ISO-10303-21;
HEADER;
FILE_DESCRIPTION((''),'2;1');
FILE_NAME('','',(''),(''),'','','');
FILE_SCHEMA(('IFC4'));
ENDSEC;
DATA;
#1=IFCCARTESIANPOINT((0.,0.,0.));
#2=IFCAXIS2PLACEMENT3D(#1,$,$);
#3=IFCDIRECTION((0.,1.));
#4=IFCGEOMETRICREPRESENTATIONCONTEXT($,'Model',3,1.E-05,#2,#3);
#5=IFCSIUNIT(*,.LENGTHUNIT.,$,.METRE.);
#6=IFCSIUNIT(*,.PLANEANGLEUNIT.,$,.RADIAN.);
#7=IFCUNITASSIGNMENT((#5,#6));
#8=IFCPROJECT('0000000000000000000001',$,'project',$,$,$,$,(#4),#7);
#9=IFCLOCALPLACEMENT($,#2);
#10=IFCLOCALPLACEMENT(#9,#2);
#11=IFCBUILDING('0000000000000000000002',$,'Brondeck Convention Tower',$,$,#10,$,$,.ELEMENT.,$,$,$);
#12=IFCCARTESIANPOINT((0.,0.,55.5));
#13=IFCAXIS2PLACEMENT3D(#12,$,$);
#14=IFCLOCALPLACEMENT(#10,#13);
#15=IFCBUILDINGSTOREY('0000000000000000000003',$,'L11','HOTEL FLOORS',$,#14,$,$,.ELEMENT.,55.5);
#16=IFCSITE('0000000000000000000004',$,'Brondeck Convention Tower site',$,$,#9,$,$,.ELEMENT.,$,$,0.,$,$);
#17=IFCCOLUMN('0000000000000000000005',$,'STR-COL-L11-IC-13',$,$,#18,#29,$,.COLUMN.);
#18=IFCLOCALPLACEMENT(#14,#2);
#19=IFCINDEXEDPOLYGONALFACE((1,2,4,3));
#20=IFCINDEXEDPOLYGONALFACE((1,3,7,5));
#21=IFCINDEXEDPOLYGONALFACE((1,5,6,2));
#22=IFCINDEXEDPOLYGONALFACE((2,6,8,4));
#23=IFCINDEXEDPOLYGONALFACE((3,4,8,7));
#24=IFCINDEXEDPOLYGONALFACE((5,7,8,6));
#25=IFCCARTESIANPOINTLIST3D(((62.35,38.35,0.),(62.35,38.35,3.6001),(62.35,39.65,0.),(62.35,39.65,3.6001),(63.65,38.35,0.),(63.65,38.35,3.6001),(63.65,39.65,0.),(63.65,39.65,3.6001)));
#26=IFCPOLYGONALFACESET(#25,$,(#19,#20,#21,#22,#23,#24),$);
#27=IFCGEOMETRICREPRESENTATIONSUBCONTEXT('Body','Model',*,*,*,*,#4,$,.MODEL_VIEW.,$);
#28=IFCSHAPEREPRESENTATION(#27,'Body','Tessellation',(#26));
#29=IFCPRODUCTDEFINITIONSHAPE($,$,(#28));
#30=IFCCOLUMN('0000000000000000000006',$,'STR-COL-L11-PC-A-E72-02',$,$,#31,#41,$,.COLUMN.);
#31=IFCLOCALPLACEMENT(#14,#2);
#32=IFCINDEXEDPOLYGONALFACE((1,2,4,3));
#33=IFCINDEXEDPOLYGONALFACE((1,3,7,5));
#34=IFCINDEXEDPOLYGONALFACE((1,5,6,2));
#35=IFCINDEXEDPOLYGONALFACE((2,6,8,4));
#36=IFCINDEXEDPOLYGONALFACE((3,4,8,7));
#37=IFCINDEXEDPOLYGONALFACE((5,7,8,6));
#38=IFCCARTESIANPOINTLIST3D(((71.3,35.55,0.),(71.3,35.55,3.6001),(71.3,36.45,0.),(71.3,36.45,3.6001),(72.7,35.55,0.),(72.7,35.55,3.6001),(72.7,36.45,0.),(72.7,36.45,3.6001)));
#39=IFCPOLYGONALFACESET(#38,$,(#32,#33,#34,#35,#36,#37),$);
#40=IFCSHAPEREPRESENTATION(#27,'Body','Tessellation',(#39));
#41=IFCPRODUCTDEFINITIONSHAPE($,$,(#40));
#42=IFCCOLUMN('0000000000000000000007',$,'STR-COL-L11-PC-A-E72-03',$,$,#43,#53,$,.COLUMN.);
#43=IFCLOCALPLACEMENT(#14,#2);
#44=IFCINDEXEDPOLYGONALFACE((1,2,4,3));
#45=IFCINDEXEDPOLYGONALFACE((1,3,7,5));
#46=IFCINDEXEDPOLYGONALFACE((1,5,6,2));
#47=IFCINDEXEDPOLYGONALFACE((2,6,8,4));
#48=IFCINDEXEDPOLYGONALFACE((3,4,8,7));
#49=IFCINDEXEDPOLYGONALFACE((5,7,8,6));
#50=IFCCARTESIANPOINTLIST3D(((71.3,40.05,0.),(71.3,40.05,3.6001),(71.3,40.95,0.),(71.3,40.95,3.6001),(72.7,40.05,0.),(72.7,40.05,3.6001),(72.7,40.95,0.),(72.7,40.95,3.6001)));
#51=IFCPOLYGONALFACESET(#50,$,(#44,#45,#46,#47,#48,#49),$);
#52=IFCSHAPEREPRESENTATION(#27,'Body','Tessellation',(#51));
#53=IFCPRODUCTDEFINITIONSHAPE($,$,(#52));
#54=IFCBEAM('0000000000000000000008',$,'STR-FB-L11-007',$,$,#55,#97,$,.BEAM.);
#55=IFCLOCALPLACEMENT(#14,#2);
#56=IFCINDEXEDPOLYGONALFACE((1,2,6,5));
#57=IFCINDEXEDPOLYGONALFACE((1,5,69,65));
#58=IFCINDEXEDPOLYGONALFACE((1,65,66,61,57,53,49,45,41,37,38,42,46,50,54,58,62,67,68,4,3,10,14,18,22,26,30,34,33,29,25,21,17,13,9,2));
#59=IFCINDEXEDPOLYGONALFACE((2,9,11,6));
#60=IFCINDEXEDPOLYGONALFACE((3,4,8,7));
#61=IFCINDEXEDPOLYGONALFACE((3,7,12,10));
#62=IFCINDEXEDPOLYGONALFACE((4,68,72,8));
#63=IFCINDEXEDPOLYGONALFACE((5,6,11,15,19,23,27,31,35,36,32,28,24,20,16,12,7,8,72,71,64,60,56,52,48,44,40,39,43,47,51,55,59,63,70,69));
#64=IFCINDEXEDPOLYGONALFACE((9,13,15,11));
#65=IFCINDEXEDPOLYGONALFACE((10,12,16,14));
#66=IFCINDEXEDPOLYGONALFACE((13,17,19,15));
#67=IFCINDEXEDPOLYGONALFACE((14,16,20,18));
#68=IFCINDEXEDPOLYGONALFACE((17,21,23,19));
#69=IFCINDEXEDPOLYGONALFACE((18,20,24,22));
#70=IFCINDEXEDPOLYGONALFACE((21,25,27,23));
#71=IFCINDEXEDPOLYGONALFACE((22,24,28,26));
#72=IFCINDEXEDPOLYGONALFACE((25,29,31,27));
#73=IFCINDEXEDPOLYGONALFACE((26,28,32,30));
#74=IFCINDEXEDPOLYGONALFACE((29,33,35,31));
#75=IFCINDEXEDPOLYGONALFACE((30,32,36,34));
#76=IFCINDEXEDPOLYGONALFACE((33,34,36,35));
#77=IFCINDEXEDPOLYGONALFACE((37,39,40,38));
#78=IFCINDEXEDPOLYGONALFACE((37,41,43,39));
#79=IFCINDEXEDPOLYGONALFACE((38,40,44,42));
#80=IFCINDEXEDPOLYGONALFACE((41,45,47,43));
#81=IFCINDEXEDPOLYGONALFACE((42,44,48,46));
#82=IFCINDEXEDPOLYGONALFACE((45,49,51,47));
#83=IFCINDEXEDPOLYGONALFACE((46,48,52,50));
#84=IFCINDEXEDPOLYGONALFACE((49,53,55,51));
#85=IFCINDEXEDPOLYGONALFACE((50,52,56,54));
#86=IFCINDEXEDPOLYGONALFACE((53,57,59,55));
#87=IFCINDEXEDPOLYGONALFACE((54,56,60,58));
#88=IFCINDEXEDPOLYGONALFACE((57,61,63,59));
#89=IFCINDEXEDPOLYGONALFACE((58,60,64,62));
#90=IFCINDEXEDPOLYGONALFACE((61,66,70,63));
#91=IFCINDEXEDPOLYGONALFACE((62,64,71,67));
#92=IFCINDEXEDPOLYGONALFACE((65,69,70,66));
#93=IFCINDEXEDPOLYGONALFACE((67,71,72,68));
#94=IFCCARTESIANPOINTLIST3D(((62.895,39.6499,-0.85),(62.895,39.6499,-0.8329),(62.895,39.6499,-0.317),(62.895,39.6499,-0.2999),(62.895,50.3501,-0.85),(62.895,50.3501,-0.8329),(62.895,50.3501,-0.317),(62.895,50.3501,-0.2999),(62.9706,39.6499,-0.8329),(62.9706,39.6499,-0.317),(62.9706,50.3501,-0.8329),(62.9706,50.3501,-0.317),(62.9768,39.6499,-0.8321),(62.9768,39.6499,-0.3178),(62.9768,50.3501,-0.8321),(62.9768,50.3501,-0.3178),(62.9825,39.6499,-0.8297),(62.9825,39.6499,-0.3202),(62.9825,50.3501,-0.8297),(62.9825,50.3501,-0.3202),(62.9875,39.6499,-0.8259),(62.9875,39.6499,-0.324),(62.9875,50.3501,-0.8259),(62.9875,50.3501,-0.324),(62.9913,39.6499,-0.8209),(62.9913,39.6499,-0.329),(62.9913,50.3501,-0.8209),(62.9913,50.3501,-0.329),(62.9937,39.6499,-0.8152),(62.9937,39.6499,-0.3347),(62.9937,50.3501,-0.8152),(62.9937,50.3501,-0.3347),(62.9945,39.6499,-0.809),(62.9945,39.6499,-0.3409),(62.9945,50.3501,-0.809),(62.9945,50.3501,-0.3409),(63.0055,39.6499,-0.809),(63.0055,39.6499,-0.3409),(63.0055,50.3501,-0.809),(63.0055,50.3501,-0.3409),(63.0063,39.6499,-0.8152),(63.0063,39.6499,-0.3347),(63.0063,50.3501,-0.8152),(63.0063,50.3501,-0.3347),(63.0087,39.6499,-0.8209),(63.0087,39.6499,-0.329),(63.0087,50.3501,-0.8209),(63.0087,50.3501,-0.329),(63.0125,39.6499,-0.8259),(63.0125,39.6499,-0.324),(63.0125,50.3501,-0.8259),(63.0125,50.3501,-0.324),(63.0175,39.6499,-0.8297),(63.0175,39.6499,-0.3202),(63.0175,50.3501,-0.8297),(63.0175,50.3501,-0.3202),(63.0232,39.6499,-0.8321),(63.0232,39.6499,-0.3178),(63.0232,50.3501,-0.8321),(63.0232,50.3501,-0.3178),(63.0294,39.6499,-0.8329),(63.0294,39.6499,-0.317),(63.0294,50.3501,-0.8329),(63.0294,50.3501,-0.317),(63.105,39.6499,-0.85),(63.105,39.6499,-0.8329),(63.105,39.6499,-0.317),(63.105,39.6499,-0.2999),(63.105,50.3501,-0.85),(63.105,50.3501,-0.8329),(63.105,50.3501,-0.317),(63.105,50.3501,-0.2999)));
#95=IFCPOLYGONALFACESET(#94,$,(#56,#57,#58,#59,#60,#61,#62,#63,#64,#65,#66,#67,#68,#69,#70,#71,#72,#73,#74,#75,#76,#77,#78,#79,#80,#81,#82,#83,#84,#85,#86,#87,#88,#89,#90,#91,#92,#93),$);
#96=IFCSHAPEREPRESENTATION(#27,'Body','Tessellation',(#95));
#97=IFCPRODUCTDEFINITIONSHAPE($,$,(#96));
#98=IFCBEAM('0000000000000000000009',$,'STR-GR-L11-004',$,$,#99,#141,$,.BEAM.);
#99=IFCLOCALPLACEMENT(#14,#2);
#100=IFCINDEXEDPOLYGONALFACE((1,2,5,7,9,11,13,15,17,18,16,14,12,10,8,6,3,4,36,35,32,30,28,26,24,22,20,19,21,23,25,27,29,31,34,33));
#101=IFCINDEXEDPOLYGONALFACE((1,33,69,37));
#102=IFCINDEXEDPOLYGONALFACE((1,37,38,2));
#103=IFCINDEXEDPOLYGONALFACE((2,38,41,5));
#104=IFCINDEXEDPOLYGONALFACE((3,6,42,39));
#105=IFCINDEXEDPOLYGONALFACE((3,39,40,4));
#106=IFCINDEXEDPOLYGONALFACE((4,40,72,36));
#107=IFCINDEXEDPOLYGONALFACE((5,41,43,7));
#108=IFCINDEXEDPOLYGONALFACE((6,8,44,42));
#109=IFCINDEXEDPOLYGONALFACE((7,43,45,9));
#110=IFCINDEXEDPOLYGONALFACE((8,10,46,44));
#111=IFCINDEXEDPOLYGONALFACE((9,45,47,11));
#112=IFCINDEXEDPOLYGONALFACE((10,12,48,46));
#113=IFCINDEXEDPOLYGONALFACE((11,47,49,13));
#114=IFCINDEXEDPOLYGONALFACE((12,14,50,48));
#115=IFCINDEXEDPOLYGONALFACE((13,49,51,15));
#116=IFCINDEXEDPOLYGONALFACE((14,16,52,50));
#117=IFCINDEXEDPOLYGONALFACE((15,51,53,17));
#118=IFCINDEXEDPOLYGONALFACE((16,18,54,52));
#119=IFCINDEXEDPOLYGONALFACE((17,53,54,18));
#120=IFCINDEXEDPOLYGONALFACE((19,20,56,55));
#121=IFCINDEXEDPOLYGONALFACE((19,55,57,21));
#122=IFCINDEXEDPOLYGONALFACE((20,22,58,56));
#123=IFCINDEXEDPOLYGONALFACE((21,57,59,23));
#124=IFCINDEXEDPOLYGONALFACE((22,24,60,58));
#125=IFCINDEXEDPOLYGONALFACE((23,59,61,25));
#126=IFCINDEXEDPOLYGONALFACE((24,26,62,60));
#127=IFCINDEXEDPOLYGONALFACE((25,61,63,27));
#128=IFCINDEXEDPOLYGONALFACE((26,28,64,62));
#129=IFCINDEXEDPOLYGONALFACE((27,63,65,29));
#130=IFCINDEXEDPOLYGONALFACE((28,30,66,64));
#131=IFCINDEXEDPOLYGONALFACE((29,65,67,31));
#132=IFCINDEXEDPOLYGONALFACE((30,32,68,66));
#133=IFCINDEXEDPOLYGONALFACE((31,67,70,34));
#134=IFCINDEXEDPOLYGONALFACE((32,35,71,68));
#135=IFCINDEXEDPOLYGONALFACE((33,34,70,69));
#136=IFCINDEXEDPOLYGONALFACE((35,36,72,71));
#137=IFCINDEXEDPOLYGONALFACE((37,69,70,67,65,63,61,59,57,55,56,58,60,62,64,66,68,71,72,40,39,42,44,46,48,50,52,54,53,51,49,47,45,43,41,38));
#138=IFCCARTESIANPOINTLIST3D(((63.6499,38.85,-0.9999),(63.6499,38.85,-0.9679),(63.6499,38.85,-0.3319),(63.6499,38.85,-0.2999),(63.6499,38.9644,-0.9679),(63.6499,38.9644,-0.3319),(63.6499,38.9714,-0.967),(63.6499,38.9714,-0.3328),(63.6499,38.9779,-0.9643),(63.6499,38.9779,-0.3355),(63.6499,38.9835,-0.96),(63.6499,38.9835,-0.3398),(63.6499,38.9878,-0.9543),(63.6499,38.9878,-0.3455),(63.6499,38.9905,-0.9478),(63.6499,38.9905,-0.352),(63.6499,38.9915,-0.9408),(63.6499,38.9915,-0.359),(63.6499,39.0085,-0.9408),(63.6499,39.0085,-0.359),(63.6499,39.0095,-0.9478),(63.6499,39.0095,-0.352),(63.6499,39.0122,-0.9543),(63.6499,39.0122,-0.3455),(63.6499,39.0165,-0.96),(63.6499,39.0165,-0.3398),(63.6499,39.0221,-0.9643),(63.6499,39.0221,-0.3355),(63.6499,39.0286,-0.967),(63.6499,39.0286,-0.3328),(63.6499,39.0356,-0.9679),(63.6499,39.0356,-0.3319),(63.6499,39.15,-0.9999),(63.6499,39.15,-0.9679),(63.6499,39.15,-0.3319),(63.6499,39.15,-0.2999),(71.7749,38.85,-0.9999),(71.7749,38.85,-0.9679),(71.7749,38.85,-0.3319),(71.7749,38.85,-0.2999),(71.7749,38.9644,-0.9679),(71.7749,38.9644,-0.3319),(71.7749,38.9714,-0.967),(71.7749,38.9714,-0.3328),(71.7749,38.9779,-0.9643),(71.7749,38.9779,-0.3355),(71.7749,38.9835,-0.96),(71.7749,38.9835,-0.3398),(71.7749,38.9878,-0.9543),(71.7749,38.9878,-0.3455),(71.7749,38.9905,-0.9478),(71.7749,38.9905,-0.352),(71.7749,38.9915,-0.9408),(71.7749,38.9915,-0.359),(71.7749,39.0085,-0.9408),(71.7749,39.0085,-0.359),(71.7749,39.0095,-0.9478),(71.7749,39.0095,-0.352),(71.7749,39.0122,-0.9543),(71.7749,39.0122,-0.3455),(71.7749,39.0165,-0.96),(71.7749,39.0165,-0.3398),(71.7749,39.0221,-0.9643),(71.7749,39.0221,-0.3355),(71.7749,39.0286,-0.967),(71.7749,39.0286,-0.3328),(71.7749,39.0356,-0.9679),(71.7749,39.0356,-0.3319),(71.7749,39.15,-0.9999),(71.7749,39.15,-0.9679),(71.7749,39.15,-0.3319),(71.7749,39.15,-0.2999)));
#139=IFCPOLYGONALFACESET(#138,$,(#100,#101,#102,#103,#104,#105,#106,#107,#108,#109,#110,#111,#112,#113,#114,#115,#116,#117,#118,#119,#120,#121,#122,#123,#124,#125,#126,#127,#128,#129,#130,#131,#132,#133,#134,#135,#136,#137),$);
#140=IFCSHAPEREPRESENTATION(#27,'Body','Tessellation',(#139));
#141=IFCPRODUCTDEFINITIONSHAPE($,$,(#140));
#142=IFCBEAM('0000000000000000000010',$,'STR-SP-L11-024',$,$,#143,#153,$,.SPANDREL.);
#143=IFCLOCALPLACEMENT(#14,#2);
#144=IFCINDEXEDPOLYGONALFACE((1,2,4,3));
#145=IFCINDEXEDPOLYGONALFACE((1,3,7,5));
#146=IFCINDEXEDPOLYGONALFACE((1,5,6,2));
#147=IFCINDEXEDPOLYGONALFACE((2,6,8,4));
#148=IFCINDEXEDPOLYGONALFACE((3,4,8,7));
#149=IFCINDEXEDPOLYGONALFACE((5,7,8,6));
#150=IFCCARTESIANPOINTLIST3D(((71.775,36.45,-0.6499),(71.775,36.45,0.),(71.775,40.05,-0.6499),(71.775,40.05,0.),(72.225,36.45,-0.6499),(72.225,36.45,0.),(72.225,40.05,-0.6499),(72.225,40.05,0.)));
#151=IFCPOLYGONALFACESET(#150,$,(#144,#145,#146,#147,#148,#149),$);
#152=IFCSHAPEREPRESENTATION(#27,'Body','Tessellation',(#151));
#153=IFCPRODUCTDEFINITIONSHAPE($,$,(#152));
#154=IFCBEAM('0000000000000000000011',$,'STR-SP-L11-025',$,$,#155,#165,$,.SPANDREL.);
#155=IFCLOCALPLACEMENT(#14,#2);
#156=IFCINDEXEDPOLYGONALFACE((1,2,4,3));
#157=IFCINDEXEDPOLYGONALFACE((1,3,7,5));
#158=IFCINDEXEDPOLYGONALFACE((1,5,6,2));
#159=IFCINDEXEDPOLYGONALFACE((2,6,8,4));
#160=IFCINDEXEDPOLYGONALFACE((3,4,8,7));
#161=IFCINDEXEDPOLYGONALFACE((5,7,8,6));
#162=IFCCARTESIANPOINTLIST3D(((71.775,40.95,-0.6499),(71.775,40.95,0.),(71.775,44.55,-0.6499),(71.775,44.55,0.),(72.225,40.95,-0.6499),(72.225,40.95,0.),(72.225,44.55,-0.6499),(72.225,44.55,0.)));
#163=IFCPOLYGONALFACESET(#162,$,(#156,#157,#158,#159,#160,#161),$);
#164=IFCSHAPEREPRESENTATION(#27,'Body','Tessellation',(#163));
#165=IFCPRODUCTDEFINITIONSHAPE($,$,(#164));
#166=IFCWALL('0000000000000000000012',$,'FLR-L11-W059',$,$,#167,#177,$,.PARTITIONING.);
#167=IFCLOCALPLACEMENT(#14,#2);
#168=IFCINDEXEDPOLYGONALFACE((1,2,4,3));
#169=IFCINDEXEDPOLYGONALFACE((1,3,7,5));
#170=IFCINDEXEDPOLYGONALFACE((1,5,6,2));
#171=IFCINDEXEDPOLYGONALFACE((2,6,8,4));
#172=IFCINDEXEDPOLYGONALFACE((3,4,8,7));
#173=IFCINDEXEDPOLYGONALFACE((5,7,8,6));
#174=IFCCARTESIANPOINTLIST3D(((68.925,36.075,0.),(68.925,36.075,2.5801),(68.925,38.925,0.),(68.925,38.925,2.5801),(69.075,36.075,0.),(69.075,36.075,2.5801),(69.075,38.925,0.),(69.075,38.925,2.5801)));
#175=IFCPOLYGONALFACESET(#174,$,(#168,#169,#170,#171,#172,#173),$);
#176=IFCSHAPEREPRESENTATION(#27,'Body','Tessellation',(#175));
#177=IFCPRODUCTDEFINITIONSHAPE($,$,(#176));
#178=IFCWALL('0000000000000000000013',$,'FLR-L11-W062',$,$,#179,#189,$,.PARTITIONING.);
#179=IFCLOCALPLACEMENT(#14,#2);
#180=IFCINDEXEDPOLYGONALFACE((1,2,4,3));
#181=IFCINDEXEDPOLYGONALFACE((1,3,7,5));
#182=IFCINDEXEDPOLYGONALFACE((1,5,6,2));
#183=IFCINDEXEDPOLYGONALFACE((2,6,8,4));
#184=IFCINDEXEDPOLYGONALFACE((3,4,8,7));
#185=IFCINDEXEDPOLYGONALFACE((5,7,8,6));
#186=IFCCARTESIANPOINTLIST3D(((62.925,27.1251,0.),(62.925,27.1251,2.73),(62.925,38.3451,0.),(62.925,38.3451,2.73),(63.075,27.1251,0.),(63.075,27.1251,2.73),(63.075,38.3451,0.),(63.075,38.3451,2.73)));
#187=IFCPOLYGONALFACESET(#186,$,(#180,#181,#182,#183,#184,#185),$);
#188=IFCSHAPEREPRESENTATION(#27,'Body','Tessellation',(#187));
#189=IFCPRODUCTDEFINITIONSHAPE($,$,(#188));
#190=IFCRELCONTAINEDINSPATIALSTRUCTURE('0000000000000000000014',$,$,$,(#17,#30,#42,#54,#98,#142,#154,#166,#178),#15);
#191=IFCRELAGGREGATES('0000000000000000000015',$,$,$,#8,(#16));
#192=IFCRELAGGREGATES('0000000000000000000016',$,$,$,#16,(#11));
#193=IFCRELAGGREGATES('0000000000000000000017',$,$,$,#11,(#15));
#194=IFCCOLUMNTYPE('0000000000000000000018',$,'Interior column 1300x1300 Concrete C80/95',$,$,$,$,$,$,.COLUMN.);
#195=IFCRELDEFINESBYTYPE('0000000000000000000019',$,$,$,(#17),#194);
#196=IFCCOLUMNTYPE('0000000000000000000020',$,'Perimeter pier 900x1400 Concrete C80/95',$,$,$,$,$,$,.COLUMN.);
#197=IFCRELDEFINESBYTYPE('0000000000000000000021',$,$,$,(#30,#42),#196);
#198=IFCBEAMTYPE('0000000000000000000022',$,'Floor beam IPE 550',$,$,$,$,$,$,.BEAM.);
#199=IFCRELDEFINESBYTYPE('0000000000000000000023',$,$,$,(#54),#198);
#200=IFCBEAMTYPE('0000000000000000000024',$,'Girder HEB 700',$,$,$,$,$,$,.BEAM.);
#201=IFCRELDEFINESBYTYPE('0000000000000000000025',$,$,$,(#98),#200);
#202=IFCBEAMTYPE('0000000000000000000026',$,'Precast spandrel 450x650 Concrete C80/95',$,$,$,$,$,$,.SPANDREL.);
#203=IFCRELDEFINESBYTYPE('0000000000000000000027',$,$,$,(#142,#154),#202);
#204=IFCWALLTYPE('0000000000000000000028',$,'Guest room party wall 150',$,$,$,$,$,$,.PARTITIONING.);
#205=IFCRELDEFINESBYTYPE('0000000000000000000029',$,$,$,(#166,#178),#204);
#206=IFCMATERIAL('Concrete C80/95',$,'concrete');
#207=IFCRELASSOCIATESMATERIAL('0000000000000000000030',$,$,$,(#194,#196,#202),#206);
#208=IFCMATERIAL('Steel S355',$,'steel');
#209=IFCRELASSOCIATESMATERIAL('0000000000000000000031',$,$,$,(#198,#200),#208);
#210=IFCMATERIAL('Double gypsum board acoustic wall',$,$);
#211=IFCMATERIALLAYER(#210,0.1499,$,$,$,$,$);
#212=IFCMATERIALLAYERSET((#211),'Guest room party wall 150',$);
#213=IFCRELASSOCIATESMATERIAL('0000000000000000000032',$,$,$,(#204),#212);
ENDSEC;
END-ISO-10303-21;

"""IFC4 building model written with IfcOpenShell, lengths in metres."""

from ifc_helpers import new_model, si_unit, direction, frame, frame_2d, origin, origin_2d, place, context, subcontext, project, spatial, rectangle, i_section, extrude, material, layer, layer_set, material_profile, profile_set, type_object, element, save


model = new_model("IFC4")

# Units and contexts
model_context = context("Model", 3, precision=1e-05, world=origin(), true_north=direction((0.0, 1.0)))
body_context = subcontext(model_context, "Body", "Model", "MODEL_VIEW")
ifc_project = project(units=[si_unit("LENGTHUNIT", "METRE"), si_unit("PLANEANGLEUNIT", "RADIAN")], contexts=[model_context])

# Site, building, storey
site_placement = place(None, origin())
site = spatial("IfcSite", under=ifc_project, at=site_placement, Name="Brondeck Convention Tower site", CompositionType="ELEMENT", RefElevation=0.0)
building_placement = place(site_placement, origin())
building = spatial("IfcBuilding", under=site, at=building_placement, Name="Brondeck Convention Tower", CompositionType="ELEMENT")
storey_placement = place(building_placement, frame((0.0, 0.0, 55.5)))
storey = spatial("IfcBuildingStorey", under=building, at=storey_placement, Name="L11", Description="HOTEL FLOORS", CompositionType="ELEMENT", Elevation=55.5)

# Columns
ifc_material_1 = material(Name="Concrete C80/95", Category="concrete")
ifc_material_profile_1 = material_profile(ifc_material_1, rectangle(XDim=1.3, YDim=1.3, at=origin_2d()), Name="Interior column 1300x1300 Concrete C80/95")
ifc_profile_set_1 = profile_set([ifc_material_profile_1], Name="Concrete C80/95")
column_type_1 = type_object("IfcColumnType", Name="Interior column 1300x1300 Concrete C80/95", PredefinedType="COLUMN", material=ifc_profile_set_1)
column_placement = place(storey_placement, frame((63.0, 39.0, 0.0), z_axis=(0.0, 0.0, 1.0), x_axis=(1.0, 0.0, 0.0)))
element("IfcColumn", 1, at=column_placement, inside=storey, type_object=column_type_1, Name="STR-COL-L11-IC-13", PredefinedType="COLUMN", context=body_context, shape_type="SweptSolid", body=[
    extrude(rectangle(XDim=1.3, YDim=1.3, at=origin_2d()), origin(), (0.0, 0.0, 1.0), 3.6001),
])
ifc_material_profile_2 = material_profile(ifc_material_1, rectangle(XDim=0.8999, YDim=1.3999, at=origin_2d()), Name="Perimeter pier 900x1400 Concrete C80/95")
ifc_profile_set_2 = profile_set([ifc_material_profile_2], Name="Concrete C80/95")
column_type_2 = type_object("IfcColumnType", Name="Perimeter pier 900x1400 Concrete C80/95", PredefinedType="COLUMN", material=ifc_profile_set_2)
for number, where, z_axis, x_axis, name in (
    (2, (72.0, 36.0, 0.0), (0.0, 0.0, 1.0), (0.0, 1.0, 0.0), "STR-COL-L11-PC-A-E72-02"),
    (3, (72.0, 40.5, 0.0), (0.0, 0.0, 1.0), (0.0, 1.0, 0.0), "STR-COL-L11-PC-A-E72-03"),
):
    element("IfcColumn", number, at=place(storey_placement, frame(where, z_axis=z_axis, x_axis=x_axis)), inside=storey, type_object=column_type_2, Name=name, PredefinedType="COLUMN", context=body_context, shape_type="SweptSolid", body=[
        extrude(rectangle(XDim=0.8999, YDim=1.3999, at=origin_2d()), origin(), (0.0, 0.0, 1.0), 3.6001),
    ])

# Beams
ifc_material_2 = material(Name="Steel S355", Category="steel")
ifc_material_profile_3 = material_profile(ifc_material_2, i_section(OverallWidth=0.21, OverallDepth=0.55, WebThickness=0.011, FlangeThickness=0.0171, FilletRadius=0.0239, at=origin_2d()), Name="IPE 550")
ifc_profile_set_3 = profile_set([ifc_material_profile_3], Name="Steel S355")
beam_type_1 = type_object("IfcBeamType", Name="Floor beam IPE 550", PredefinedType="BEAM", material=ifc_profile_set_3)
beam_1_placement = place(storey_placement, frame((63.0, 39.6499, -0.575), z_axis=(0.0, 1.0, 0.0), x_axis=(-1.0, 0.0, 0.0)))
element("IfcBeam", 4, at=beam_1_placement, inside=storey, type_object=beam_type_1, Name="STR-FB-L11-007", PredefinedType="BEAM", context=body_context, shape_type="SweptSolid", body=[
    extrude(i_section(OverallWidth=0.21, OverallDepth=0.55, WebThickness=0.011, FlangeThickness=0.0171, FilletRadius=0.0239, at=origin_2d()), origin(), (0.0, 0.0, 1.0), 10.7002),
])
ifc_material_profile_4 = material_profile(ifc_material_2, i_section(OverallWidth=0.3, OverallDepth=0.7, WebThickness=0.0171, FlangeThickness=0.032, FilletRadius=0.0271, at=origin_2d()), Name="HEB 700")
ifc_profile_set_4 = profile_set([ifc_material_profile_4], Name="Steel S355")
beam_type_2 = type_object("IfcBeamType", Name="Girder HEB 700", PredefinedType="BEAM", material=ifc_profile_set_4)
beam_2_placement = place(storey_placement, frame((63.6499, 39.0, -0.6499), z_axis=(1.0, 0.0, 0.0), x_axis=(0.0, 1.0, 0.0)))
element("IfcBeam", 5, at=beam_2_placement, inside=storey, type_object=beam_type_2, Name="STR-GR-L11-004", PredefinedType="BEAM", context=body_context, shape_type="SweptSolid", body=[
    extrude(i_section(OverallWidth=0.3, OverallDepth=0.7, WebThickness=0.0171, FlangeThickness=0.032, FilletRadius=0.0271, at=origin_2d()), origin(), (0.0, 0.0, 1.0), 8.125),
])
ifc_material_profile_5 = material_profile(ifc_material_1, rectangle(XDim=0.45, YDim=0.6499, at=origin_2d()), Name="Precast spandrel 450x650 Concrete C80/95")
ifc_profile_set_5 = profile_set([ifc_material_profile_5], Name="Concrete C80/95")
beam_type_3 = type_object("IfcBeamType", Name="Precast spandrel 450x650 Concrete C80/95", PredefinedType="SPANDREL", material=ifc_profile_set_5)
for number, where, z_axis, x_axis, name in (
    (6, (72.0, 36.45, -0.325), (0.0, 1.0, 0.0), (-1.0, 0.0, 0.0), "STR-SP-L11-024"),
    (7, (72.0, 40.95, -0.325), (0.0, 1.0, 0.0), (-1.0, 0.0, 0.0), "STR-SP-L11-025"),
):
    element("IfcBeam", number, at=place(storey_placement, frame(where, z_axis=z_axis, x_axis=x_axis)), inside=storey, type_object=beam_type_3, Name=name, PredefinedType="SPANDREL", context=body_context, shape_type="SweptSolid", body=[
        extrude(rectangle(XDim=0.45, YDim=0.6499, at=origin_2d()), origin(), (0.0, 0.0, 1.0), 3.6001),
    ])

# Walls
ifc_material_3 = material(Name="Double gypsum board acoustic wall")
ifc_layer_1 = layer(ifc_material_3, 0.1499)
ifc_layer_set_1 = layer_set([ifc_layer_1], Name="Guest room party wall 150")
wall_type_1 = type_object("IfcWallType", Name="Guest room party wall 150", PredefinedType="PARTITIONING", material=ifc_layer_set_1)
wall_1_placement = place(storey_placement, frame((69.0, 36.075, 0.0), z_axis=(0.0, 0.0, 1.0), x_axis=(0.0, 1.0, 0.0)))
element("IfcWall", 8, at=wall_1_placement, inside=storey, type_object=wall_type_1, Name="FLR-L11-W059", PredefinedType="PARTITIONING", context=body_context, shape_type="SweptSolid", body=[
    extrude(rectangle(XDim=2.8501, YDim=0.1499, at=frame_2d((1.425, 0.0))), origin(), (0.0, 0.0, 1.0), 2.5801),
])
wall_2_placement = place(storey_placement, frame((63.0, 38.345, 0.0), z_axis=(0.0, 0.0, 1.0), x_axis=(0.0, -1.0, 0.0)))
element("IfcWall", 9, at=wall_2_placement, inside=storey, type_object=wall_type_1, Name="FLR-L11-W062", PredefinedType="PARTITIONING", context=body_context, shape_type="SweptSolid", body=[
    extrude(rectangle(XDim=11.22, YDim=0.1499, at=frame_2d((5.6099, 0.0))), origin(), (0.0, 0.0, 1.0), 2.73),
])

save(model, "model.ifc")
